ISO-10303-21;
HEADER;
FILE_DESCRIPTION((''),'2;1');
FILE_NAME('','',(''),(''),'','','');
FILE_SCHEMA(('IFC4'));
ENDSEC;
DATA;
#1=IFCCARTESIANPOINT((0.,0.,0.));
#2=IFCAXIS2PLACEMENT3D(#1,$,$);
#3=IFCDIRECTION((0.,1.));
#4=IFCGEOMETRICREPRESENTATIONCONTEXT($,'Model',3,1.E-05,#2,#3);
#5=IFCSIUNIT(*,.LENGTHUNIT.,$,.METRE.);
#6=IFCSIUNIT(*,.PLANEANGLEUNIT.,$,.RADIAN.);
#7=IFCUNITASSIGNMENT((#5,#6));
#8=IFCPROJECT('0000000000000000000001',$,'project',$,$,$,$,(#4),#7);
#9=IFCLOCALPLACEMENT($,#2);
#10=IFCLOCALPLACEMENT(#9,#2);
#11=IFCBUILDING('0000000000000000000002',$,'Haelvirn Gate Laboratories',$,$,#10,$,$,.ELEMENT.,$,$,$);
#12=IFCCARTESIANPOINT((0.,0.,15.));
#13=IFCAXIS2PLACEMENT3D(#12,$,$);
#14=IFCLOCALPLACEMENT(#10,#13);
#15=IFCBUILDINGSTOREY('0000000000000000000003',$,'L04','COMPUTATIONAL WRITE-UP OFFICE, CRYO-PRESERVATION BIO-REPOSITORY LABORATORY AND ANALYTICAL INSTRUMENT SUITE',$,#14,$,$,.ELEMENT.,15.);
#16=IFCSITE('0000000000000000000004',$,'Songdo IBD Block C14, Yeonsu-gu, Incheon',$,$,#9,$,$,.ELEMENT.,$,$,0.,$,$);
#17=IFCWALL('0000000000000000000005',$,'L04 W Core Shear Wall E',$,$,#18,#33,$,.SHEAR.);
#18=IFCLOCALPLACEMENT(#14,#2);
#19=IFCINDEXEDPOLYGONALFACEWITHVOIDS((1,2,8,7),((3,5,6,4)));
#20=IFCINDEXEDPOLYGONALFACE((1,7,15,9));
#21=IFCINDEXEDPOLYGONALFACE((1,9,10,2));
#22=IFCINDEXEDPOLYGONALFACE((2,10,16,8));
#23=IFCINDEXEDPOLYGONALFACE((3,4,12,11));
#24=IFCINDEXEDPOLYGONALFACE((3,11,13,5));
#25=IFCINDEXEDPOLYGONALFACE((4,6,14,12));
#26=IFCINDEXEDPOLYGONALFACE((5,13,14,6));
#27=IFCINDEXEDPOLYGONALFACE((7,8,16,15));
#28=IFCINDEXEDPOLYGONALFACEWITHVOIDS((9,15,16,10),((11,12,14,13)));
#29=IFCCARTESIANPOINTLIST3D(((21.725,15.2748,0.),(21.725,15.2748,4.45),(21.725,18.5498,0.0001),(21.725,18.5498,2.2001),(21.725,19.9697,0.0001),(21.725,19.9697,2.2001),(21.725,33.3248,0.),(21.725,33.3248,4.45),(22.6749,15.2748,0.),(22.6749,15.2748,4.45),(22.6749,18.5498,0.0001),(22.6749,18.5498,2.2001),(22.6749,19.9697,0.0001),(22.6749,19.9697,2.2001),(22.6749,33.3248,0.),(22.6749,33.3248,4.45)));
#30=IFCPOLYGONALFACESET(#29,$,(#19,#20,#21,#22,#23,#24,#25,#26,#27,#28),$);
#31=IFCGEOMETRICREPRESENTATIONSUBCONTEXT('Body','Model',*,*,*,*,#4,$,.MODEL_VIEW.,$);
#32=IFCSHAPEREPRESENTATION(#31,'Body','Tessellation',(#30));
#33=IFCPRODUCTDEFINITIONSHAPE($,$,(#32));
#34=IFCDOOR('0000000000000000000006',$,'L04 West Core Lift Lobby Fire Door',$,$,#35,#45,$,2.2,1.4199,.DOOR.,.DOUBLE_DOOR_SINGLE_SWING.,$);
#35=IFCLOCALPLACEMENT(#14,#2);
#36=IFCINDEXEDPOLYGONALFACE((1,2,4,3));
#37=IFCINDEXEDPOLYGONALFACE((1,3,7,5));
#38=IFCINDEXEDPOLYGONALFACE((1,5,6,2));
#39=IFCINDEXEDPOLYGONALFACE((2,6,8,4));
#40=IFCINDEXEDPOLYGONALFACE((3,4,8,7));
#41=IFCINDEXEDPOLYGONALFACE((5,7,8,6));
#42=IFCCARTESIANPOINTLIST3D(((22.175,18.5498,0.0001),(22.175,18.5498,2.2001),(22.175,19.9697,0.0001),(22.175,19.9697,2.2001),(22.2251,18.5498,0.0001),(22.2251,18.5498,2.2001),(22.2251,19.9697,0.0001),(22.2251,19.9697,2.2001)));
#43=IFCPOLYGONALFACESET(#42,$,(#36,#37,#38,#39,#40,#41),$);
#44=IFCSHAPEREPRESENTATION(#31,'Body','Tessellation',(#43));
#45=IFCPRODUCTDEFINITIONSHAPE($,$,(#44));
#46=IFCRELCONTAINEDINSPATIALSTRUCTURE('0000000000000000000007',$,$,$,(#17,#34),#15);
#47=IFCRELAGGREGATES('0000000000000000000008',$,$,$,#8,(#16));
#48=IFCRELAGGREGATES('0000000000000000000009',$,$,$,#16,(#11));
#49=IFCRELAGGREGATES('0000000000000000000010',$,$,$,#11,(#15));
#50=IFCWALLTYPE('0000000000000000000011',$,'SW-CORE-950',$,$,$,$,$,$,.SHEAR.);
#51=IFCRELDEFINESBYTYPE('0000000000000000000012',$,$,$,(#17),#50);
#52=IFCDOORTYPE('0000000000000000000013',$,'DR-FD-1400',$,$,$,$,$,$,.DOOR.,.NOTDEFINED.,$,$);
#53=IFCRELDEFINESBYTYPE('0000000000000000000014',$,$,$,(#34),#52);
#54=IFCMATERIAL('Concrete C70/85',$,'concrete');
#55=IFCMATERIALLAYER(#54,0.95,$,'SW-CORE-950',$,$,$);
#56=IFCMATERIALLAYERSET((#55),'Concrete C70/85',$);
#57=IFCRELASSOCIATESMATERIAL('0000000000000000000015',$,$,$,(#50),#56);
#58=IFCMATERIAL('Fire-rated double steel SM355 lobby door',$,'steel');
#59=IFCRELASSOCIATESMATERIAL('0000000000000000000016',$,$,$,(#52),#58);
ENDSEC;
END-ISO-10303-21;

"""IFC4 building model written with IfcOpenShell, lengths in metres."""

from ifc_helpers import new_model, si_unit, direction, frame, frame_2d, origin, place, context, subcontext, project, spatial, rectangle, extrude, source, transform, mapped, material, layer, layer_set, type_object, type_shapes, element, fill, save


model = new_model("IFC4")

# Units and contexts
model_context = context("Model", 3, precision=1e-05, world=origin(), true_north=direction((0.0, 1.0)))
body_context = subcontext(model_context, "Body", "Model", "MODEL_VIEW")
ifc_project = project(units=[si_unit("LENGTHUNIT", "METRE"), si_unit("PLANEANGLEUNIT", "RADIAN")], contexts=[model_context])

# Site, building, storey
site_placement = place(None, origin())
site = spatial("IfcSite", under=ifc_project, at=site_placement, Name="Songdo IBD Block C14, Yeonsu-gu, Incheon", CompositionType="ELEMENT", RefElevation=0.0)
building_placement = place(site_placement, origin())
building = spatial("IfcBuilding", under=site, at=building_placement, Name="Haelvirn Gate Laboratories", CompositionType="ELEMENT")
storey_placement = place(building_placement, frame((0.0, 0.0, 15.0)))
storey = spatial("IfcBuildingStorey", under=building, at=storey_placement, Name="L04", Description="COMPUTATIONAL WRITE-UP OFFICE, CRYO-PRESERVATION BIO-REPOSITORY LABORATORY AND ANALYTICAL INSTRUMENT SUITE", CompositionType="ELEMENT", Elevation=15.0)

# Shared definitions
ifc_material_1 = material(Name="Concrete C70/85", Category="concrete")

# Wall, opening, door
ifc_layer_1 = layer(ifc_material_1, 0.95, Name="SW-CORE-950")
ifc_layer_set_1 = layer_set([ifc_layer_1], Name="Concrete C70/85")
wall_type_1 = type_object("IfcWallType", Name="SW-CORE-950", PredefinedType="SHEAR", material=ifc_layer_set_1)
wall_placement = place(storey_placement, frame((22.2, 15.2749, 0.0), z_axis=(0.0, 0.0, 1.0), x_axis=(0.0, 1.0, 0.0)))
wall = element("IfcWall", 1, at=wall_placement, inside=storey, type_object=wall_type_1, Name="L04 W Core Shear Wall E", PredefinedType="SHEAR", context=body_context, shape_type="SweptSolid", body=[
    extrude(rectangle(XDim=18.05, YDim=0.95, at=frame_2d((9.0249, 0.0))), origin(), (0.0, 0.0, 1.0), 4.45),
])
opening_placement = place(wall_placement, frame((3.2749, 0.0, 0.0)))
opening = element("IfcOpeningElement", 2, at=opening_placement, cuts=wall, PredefinedType="OPENING", context=body_context, shape_type="SweptSolid", body=[
    extrude(rectangle(XDim=1.4199, YDim=2.2, at=frame_2d((0.71, 1.1001))), frame((0.0, 0.4849, 0.0), z_axis=(0.0, -1.0, 0.0), x_axis=(1.0, 0.0, 0.0)), (0.0, 0.0, 1.0), 0.97),
])
ifc_material_2 = material(Name="Fire-rated double steel SM355 lobby door", Category="steel")
door_type = type_object("IfcDoorType", Name="DR-FD-1400", OperationType="NOTDEFINED", PredefinedType="DOOR", material=ifc_material_2)
shared_shape_1 = source(origin(), body_context, "Body", "SweptSolid", [
    extrude(rectangle(XDim=1.4199, YDim=2.2, at=frame_2d((0.71, 1.1001))), frame((0.0, 0.0249, 0.0), z_axis=(0.0, -1.0, 0.0), x_axis=(1.0, 0.0, 0.0)), (0.0, 0.0, 1.0), 0.05),
])
type_shapes(door_type, [shared_shape_1])
door_placement = place(opening_placement, origin())
door = element("IfcDoor", 3, at=door_placement, inside=storey, type_object=door_type, Name="L04 West Core Lift Lobby Fire Door", OperationType="DOUBLE_DOOR_SINGLE_SWING", OverallHeight=2.2, OverallWidth=1.4199, PredefinedType="DOOR", context=body_context, shape_type="MappedRepresentation", body=[
    mapped(shared_shape_1, transform((0.0, 0.0, 0.0), scale=1.0)),
])
fill(opening, door)

save(model, "model.ifc")
